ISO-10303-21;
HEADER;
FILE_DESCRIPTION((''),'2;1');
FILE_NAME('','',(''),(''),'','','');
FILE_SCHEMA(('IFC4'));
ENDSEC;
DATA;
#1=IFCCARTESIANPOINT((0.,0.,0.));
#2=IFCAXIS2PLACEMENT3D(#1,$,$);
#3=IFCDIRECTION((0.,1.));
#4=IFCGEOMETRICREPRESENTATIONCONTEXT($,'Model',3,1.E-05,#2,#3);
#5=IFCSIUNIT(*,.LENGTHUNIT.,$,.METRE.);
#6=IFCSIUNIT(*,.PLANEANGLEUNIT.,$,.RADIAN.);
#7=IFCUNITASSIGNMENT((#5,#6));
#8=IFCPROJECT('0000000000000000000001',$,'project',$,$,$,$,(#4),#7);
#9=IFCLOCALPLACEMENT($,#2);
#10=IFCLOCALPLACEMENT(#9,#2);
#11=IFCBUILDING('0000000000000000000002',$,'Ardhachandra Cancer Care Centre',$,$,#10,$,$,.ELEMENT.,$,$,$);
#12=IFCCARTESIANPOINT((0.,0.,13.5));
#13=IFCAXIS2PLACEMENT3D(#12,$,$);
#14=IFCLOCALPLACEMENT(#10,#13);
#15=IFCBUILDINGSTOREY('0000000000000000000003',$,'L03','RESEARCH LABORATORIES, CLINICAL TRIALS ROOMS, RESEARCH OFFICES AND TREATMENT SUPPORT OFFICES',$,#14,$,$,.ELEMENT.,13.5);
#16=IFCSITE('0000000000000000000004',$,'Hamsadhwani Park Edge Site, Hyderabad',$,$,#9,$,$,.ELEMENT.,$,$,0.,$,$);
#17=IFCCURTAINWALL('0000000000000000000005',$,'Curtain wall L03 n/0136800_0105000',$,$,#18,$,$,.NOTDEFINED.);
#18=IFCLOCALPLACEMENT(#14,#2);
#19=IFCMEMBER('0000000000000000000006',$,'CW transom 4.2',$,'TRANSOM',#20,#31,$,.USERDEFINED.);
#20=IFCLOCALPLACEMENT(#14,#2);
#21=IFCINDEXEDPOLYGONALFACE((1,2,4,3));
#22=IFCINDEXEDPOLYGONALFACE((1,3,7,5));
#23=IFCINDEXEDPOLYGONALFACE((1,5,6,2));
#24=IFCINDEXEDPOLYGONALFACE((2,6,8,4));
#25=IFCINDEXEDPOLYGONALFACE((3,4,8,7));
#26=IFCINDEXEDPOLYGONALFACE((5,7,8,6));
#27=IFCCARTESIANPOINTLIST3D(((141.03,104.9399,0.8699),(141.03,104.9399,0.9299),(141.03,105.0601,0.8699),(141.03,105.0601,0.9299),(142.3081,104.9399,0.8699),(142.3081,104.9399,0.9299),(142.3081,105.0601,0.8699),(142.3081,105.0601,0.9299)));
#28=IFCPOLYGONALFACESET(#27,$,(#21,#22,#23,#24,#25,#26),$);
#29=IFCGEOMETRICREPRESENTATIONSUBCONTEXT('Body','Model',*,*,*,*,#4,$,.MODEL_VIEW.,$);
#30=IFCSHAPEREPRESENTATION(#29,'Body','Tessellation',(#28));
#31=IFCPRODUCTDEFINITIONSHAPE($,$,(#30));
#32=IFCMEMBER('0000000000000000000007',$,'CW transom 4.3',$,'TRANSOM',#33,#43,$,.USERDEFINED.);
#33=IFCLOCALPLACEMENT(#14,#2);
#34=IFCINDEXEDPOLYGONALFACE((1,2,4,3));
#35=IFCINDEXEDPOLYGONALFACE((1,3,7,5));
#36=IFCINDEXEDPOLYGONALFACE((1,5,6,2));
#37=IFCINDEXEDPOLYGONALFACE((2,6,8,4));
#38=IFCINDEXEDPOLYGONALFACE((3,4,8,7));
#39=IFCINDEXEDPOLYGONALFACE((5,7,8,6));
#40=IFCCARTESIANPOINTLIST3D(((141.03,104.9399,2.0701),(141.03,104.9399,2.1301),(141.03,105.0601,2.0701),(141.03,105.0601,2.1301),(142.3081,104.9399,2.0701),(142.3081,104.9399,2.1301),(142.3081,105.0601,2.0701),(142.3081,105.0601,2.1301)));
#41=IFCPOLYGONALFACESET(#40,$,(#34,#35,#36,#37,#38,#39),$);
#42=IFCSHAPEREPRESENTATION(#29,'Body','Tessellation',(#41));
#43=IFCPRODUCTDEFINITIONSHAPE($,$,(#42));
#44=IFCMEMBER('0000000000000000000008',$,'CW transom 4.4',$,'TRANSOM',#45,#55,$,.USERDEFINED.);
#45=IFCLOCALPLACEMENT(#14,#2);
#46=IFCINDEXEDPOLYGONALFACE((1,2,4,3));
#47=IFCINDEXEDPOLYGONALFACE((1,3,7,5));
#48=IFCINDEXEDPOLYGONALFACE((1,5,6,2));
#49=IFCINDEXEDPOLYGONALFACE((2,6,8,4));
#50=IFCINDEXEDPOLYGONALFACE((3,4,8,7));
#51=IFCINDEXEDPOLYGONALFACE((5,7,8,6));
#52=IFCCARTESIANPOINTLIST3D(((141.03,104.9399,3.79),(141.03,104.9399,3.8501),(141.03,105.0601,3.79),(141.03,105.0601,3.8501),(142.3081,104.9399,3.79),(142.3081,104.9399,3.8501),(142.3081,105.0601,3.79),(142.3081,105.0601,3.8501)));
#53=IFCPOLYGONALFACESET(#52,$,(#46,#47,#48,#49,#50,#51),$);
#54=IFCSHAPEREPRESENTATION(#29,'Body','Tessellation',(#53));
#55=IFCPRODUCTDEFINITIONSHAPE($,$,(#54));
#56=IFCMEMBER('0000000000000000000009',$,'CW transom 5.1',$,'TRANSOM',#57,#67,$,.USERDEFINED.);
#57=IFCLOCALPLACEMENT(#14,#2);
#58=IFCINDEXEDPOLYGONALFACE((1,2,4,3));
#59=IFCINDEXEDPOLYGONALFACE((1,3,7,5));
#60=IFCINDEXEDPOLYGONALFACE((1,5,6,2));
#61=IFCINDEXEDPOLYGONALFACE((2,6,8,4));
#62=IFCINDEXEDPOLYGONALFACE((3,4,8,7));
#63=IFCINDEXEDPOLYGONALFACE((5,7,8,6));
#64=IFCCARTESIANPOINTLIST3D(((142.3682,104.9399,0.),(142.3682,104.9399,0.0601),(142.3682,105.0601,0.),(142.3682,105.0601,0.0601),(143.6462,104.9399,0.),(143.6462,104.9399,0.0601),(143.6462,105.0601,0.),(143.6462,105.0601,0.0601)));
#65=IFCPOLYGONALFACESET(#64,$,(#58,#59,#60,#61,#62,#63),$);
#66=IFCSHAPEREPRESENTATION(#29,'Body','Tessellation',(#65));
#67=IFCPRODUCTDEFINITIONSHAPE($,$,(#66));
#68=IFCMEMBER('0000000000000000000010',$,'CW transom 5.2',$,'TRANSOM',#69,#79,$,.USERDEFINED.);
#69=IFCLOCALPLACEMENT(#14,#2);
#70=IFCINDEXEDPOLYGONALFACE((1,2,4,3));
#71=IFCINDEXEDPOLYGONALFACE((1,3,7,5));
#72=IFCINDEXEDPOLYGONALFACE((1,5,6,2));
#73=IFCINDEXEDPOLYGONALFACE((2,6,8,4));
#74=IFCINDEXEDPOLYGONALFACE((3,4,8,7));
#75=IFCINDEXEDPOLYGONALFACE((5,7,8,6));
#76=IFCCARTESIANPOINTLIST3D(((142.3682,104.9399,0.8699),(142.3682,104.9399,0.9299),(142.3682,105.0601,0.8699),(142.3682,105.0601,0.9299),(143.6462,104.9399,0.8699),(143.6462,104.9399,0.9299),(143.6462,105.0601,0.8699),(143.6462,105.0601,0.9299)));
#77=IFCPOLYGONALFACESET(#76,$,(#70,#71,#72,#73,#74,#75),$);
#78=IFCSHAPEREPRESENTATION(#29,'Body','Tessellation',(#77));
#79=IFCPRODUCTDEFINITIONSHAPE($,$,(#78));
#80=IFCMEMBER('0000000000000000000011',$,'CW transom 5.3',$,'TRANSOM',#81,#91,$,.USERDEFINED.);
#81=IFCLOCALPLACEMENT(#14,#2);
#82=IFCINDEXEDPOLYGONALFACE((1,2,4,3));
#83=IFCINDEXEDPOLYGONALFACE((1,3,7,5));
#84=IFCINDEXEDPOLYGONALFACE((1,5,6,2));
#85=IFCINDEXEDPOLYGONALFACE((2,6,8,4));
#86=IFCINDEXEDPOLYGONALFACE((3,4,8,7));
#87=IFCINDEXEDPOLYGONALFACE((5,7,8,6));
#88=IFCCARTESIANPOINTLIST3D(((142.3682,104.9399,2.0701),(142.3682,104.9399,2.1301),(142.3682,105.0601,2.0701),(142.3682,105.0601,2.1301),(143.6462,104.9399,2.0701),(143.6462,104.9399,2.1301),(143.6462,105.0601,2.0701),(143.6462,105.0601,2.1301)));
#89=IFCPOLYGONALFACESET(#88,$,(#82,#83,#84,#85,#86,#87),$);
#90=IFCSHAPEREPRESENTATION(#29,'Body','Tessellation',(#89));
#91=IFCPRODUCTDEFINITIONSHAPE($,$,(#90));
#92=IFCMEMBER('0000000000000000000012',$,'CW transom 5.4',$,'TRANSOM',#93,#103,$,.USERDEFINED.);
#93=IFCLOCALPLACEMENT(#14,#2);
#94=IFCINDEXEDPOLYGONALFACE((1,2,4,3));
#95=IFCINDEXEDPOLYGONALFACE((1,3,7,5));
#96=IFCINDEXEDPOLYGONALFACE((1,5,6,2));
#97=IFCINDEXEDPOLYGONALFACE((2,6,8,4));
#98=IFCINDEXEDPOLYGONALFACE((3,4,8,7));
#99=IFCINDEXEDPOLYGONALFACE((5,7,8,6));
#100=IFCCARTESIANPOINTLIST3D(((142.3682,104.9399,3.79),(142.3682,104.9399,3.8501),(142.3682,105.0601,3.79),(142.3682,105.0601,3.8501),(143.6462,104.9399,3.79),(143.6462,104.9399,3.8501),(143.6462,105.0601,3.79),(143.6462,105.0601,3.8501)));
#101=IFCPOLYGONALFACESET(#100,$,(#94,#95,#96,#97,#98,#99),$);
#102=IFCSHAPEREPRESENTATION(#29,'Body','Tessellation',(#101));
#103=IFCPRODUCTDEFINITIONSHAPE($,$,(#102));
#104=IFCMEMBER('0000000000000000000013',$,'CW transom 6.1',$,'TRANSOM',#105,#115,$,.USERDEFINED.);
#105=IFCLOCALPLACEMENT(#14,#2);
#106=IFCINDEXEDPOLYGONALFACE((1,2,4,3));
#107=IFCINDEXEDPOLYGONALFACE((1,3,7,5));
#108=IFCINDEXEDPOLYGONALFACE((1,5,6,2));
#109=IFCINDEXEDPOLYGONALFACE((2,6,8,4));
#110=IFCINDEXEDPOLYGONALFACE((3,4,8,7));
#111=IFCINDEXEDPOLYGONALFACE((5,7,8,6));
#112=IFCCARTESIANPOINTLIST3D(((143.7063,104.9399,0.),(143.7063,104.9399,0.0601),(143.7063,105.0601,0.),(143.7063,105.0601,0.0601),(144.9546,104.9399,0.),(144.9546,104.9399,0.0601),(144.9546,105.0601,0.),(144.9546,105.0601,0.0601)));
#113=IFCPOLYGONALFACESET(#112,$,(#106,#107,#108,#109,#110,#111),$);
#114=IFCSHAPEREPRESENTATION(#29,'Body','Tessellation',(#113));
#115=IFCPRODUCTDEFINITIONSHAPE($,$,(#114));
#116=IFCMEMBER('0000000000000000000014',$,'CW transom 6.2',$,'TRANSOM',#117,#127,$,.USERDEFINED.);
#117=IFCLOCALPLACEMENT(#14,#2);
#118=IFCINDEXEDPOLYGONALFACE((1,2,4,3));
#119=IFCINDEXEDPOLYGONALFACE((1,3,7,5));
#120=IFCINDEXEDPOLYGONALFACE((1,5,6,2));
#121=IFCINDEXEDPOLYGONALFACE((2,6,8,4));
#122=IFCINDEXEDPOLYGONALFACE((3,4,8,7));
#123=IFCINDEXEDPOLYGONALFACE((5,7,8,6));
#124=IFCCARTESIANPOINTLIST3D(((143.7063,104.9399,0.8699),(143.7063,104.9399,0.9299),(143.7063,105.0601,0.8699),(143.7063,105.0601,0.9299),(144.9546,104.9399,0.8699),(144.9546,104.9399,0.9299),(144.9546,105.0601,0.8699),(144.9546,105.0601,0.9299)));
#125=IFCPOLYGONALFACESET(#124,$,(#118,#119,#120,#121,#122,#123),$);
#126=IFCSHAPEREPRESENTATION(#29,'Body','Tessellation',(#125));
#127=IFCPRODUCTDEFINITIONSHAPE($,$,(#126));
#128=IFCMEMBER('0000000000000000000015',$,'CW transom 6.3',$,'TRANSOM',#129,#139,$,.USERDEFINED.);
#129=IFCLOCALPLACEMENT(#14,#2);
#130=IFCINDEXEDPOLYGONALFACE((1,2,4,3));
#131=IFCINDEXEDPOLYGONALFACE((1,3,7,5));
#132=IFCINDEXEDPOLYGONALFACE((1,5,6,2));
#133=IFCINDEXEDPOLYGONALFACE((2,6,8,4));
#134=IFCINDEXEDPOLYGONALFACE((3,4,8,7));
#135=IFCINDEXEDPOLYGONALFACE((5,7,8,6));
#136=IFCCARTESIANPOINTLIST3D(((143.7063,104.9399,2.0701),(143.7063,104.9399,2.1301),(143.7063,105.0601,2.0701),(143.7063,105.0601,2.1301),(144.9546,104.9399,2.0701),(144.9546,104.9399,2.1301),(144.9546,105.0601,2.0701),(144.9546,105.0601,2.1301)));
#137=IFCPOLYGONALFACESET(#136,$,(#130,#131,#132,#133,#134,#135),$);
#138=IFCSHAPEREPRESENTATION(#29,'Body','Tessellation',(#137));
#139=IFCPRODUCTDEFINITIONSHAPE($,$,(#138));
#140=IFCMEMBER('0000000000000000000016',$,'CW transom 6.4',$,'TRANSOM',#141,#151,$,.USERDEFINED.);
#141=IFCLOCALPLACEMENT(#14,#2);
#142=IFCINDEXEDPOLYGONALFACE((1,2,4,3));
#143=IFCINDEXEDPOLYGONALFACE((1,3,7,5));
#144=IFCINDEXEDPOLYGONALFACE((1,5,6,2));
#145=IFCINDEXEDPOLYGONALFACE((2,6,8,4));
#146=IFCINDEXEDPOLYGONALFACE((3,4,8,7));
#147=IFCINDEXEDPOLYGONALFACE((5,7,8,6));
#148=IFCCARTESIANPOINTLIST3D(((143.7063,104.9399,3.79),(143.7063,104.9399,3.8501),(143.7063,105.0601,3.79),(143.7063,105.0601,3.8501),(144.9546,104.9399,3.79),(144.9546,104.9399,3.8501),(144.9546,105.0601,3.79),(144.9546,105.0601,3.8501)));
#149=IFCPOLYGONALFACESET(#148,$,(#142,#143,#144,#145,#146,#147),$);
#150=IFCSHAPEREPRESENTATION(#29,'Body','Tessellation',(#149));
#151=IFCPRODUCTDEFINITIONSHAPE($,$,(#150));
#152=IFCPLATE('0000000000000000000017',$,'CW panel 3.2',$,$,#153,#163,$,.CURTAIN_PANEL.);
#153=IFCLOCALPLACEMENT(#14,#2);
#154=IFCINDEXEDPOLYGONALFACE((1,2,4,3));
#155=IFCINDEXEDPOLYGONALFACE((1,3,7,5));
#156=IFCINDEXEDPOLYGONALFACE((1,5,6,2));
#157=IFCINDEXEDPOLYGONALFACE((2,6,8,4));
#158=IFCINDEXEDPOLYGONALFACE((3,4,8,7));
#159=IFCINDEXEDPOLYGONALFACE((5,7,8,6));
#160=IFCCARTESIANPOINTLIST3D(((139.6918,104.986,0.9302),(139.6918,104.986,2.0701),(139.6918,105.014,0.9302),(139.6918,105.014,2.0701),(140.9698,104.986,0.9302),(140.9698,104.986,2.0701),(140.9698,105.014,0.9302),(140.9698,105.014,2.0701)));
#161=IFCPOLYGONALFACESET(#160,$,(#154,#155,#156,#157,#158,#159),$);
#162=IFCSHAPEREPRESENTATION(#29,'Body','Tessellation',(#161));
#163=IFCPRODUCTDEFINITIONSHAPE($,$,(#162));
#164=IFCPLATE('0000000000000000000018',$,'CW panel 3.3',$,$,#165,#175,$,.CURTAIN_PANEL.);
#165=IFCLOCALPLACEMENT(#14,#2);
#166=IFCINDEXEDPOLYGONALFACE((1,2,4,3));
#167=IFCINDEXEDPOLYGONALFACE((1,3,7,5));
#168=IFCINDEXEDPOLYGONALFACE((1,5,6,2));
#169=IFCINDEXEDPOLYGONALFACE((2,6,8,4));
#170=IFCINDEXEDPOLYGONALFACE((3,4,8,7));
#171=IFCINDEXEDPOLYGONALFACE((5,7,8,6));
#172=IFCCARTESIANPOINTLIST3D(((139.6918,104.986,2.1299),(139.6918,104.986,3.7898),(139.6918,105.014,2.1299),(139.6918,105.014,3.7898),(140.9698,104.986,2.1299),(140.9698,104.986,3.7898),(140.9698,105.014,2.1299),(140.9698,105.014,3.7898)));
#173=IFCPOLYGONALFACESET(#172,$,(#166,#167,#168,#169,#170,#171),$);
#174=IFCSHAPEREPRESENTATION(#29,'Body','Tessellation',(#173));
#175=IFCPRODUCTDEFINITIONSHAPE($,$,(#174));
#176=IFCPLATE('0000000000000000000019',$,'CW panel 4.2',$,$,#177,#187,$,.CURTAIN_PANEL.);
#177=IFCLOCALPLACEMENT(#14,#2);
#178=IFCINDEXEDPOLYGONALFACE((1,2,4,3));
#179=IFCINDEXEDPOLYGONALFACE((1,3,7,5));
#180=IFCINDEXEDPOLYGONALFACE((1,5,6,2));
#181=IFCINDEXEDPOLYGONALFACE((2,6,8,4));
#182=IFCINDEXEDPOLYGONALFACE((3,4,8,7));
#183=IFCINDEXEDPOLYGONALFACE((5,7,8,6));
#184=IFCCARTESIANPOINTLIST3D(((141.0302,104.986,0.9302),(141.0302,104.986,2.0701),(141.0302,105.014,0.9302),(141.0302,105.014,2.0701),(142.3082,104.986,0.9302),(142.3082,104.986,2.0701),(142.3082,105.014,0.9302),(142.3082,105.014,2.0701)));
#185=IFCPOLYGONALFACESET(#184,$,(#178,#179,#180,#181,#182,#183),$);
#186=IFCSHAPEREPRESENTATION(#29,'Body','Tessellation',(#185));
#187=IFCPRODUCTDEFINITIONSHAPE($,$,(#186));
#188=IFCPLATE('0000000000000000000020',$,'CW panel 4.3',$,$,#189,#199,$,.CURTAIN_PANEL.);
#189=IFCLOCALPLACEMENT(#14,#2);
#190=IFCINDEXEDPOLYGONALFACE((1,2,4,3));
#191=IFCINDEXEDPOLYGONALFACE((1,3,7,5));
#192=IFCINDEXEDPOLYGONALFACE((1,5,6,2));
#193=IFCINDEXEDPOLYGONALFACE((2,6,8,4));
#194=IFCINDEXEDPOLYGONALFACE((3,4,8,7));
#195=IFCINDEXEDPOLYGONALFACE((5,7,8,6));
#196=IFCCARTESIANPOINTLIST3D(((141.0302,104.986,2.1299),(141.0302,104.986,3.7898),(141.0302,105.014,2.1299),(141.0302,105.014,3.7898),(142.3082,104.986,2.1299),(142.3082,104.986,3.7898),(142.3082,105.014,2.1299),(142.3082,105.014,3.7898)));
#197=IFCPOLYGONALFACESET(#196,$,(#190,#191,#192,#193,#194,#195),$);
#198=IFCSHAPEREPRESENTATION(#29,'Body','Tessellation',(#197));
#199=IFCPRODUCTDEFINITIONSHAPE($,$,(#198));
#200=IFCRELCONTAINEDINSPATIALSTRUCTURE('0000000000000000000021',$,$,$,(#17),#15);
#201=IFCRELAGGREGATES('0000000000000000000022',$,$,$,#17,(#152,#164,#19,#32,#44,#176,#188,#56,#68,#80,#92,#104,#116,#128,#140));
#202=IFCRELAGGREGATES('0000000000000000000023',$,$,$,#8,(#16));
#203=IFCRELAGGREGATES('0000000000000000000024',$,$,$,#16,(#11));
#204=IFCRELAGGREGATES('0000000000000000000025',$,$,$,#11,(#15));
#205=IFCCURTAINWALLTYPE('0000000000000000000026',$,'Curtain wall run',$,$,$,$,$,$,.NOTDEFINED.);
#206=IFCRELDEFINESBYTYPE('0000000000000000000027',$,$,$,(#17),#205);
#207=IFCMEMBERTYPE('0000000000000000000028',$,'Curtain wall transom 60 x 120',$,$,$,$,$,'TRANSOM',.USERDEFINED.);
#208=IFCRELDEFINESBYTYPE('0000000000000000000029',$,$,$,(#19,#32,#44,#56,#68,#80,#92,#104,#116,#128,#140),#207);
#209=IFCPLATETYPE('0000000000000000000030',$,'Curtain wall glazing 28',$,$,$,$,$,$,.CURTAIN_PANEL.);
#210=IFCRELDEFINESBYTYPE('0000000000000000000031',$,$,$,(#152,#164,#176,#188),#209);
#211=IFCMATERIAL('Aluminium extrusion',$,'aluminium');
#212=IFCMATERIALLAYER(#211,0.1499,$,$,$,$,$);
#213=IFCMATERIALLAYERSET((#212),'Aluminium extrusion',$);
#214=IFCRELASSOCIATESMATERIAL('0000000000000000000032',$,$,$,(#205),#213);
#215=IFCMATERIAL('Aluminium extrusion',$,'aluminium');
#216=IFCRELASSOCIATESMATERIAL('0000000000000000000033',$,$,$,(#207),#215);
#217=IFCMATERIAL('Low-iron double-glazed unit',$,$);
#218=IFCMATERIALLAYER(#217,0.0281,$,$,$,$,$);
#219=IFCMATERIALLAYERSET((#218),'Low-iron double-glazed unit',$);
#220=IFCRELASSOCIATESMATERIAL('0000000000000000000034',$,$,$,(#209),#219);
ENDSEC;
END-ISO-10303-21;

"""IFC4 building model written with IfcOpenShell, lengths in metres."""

from ifc_helpers import new_model, si_unit, direction, frame, origin, origin_2d, place, context, subcontext, project, spatial, rectangle, extrude, material, layer, layer_set, material_profile, profile_set, type_object, element, aggregate, save


model = new_model("IFC4")

# Units and contexts
model_context = context("Model", 3, precision=1e-05, world=origin(), true_north=direction((0.0, 1.0)))
body_context = subcontext(model_context, "Body", "Model", "MODEL_VIEW")
ifc_project = project(units=[si_unit("LENGTHUNIT", "METRE"), si_unit("PLANEANGLEUNIT", "RADIAN")], contexts=[model_context])

# Site, building, storey
site_placement = place(None, origin())
site = spatial("IfcSite", under=ifc_project, at=site_placement, Name="Hamsadhwani Park Edge Site, Hyderabad", CompositionType="ELEMENT", RefElevation=0.0)
building_placement = place(site_placement, origin())
building = spatial("IfcBuilding", under=site, at=building_placement, Name="Ardhachandra Cancer Care Centre", CompositionType="ELEMENT")
storey_placement = place(building_placement, frame((0.0, 0.0, 13.5)))
storey = spatial("IfcBuildingStorey", under=building, at=storey_placement, Name="L03", Description="RESEARCH LABORATORIES, CLINICAL TRIALS ROOMS, RESEARCH OFFICES AND TREATMENT SUPPORT OFFICES", CompositionType="ELEMENT", Elevation=13.5)

# Curtain wall, members, plates
ifc_material_1 = material(Name="Aluminium extrusion", Category="aluminium")
ifc_layer_1 = layer(ifc_material_1, 0.1499)
ifc_layer_set_1 = layer_set([ifc_layer_1], Name="Aluminium extrusion")
curtain_wall_type = type_object("IfcCurtainWallType", Name="Curtain wall run", PredefinedType="NOTDEFINED", material=ifc_layer_set_1)
curtain_wall_placement = place(storey_placement, origin())
curtain_wall = element("IfcCurtainWall", 1, at=curtain_wall_placement, inside=storey, type_object=curtain_wall_type, Name="Curtain wall L03 n/0136800_0105000", PredefinedType="NOTDEFINED")
ifc_material_2 = material(Name="Aluminium extrusion", Category="aluminium")
ifc_material_profile_1 = material_profile(ifc_material_2, rectangle(XDim=0.1201, YDim=0.0601, at=origin_2d()), Name="Curtain wall transom 60 x 120")
ifc_profile_set_1 = profile_set([ifc_material_profile_1], Name="Aluminium extrusion")
member_type_1 = type_object("IfcMemberType", Name="Curtain wall transom 60 x 120", ElementType="TRANSOM", PredefinedType="USERDEFINED", material=ifc_profile_set_1)
member_1_placement = place(storey_placement, frame((141.03, 105.0, 0.8999), z_axis=(1.0, 0.0, 0.0), x_axis=(0.0, 1.0, 0.0)))
member_1 = element("IfcMember", 2, at=member_1_placement, type_object=member_type_1, Name="CW transom 4.2", ObjectType="TRANSOM", PredefinedType="USERDEFINED", context=body_context, shape_type="SweptSolid", body=[
    extrude(rectangle(XDim=0.1201, YDim=0.0601, at=origin_2d()), origin(), (0.0, 0.0, 1.0), 1.2781),
])
member_2_placement = place(storey_placement, frame((141.03, 105.0, 2.1001), z_axis=(1.0, 0.0, 0.0), x_axis=(0.0, 1.0, 0.0)))
member_2 = element("IfcMember", 3, at=member_2_placement, type_object=member_type_1, Name="CW transom 4.3", ObjectType="TRANSOM", PredefinedType="USERDEFINED", context=body_context, shape_type="SweptSolid", body=[
    extrude(rectangle(XDim=0.1201, YDim=0.0601, at=origin_2d()), origin(), (0.0, 0.0, 1.0), 1.2781),
])
member_3_placement = place(storey_placement, frame((141.03, 105.0, 3.8201), z_axis=(1.0, 0.0, 0.0), x_axis=(0.0, 1.0, 0.0)))
member_3 = element("IfcMember", 4, at=member_3_placement, type_object=member_type_1, Name="CW transom 4.4", ObjectType="TRANSOM", PredefinedType="USERDEFINED", context=body_context, shape_type="SweptSolid", body=[
    extrude(rectangle(XDim=0.1201, YDim=0.0601, at=origin_2d()), origin(), (0.0, 0.0, 1.0), 1.2781),
])
member_4_placement = place(storey_placement, frame((142.3682, 105.0, 0.03), z_axis=(1.0, 0.0, 0.0), x_axis=(0.0, 1.0, 0.0)))
member_4 = element("IfcMember", 5, at=member_4_placement, type_object=member_type_1, Name="CW transom 5.1", ObjectType="TRANSOM", PredefinedType="USERDEFINED", context=body_context, shape_type="SweptSolid", body=[
    extrude(rectangle(XDim=0.1201, YDim=0.0601, at=origin_2d()), origin(), (0.0, 0.0, 1.0), 1.2781),
])
member_5_placement = place(storey_placement, frame((142.3682, 105.0, 0.8999), z_axis=(1.0, 0.0, 0.0), x_axis=(0.0, 1.0, 0.0)))
member_5 = element("IfcMember", 6, at=member_5_placement, type_object=member_type_1, Name="CW transom 5.2", ObjectType="TRANSOM", PredefinedType="USERDEFINED", context=body_context, shape_type="SweptSolid", body=[
    extrude(rectangle(XDim=0.1201, YDim=0.0601, at=origin_2d()), origin(), (0.0, 0.0, 1.0), 1.2781),
])
member_6_placement = place(storey_placement, frame((142.3682, 105.0, 2.1001), z_axis=(1.0, 0.0, 0.0), x_axis=(0.0, 1.0, 0.0)))
member_6 = element("IfcMember", 7, at=member_6_placement, type_object=member_type_1, Name="CW transom 5.3", ObjectType="TRANSOM", PredefinedType="USERDEFINED", context=body_context, shape_type="SweptSolid", body=[
    extrude(rectangle(XDim=0.1201, YDim=0.0601, at=origin_2d()), origin(), (0.0, 0.0, 1.0), 1.2781),
])
member_7_placement = place(storey_placement, frame((142.3682, 105.0, 3.8201), z_axis=(1.0, 0.0, 0.0), x_axis=(0.0, 1.0, 0.0)))
member_7 = element("IfcMember", 8, at=member_7_placement, type_object=member_type_1, Name="CW transom 5.4", ObjectType="TRANSOM", PredefinedType="USERDEFINED", context=body_context, shape_type="SweptSolid", body=[
    extrude(rectangle(XDim=0.1201, YDim=0.0601, at=origin_2d()), origin(), (0.0, 0.0, 1.0), 1.2781),
])
member_8_placement = place(storey_placement, frame((143.7063, 105.0, 0.03), z_axis=(1.0, 0.0, 0.0), x_axis=(0.0, 1.0, 0.0)))
member_8 = element("IfcMember", 9, at=member_8_placement, type_object=member_type_1, Name="CW transom 6.1", ObjectType="TRANSOM", PredefinedType="USERDEFINED", context=body_context, shape_type="SweptSolid", body=[
    extrude(rectangle(XDim=0.1201, YDim=0.0601, at=origin_2d()), origin(), (0.0, 0.0, 1.0), 1.2483),
])
member_9_placement = place(storey_placement, frame((143.7063, 105.0, 0.8999), z_axis=(1.0, 0.0, 0.0), x_axis=(0.0, 1.0, 0.0)))
member_9 = element("IfcMember", 10, at=member_9_placement, type_object=member_type_1, Name="CW transom 6.2", ObjectType="TRANSOM", PredefinedType="USERDEFINED", context=body_context, shape_type="SweptSolid", body=[
    extrude(rectangle(XDim=0.1201, YDim=0.0601, at=origin_2d()), origin(), (0.0, 0.0, 1.0), 1.2483),
])
member_10_placement = place(storey_placement, frame((143.7063, 105.0, 2.1001), z_axis=(1.0, 0.0, 0.0), x_axis=(0.0, 1.0, 0.0)))
member_10 = element("IfcMember", 11, at=member_10_placement, type_object=member_type_1, Name="CW transom 6.3", ObjectType="TRANSOM", PredefinedType="USERDEFINED", context=body_context, shape_type="SweptSolid", body=[
    extrude(rectangle(XDim=0.1201, YDim=0.0601, at=origin_2d()), origin(), (0.0, 0.0, 1.0), 1.2483),
])
member_11_placement = place(storey_placement, frame((143.7063, 105.0, 3.8201), z_axis=(1.0, 0.0, 0.0), x_axis=(0.0, 1.0, 0.0)))
member_11 = element("IfcMember", 12, at=member_11_placement, type_object=member_type_1, Name="CW transom 6.4", ObjectType="TRANSOM", PredefinedType="USERDEFINED", context=body_context, shape_type="SweptSolid", body=[
    extrude(rectangle(XDim=0.1201, YDim=0.0601, at=origin_2d()), origin(), (0.0, 0.0, 1.0), 1.2483),
])
ifc_material_3 = material(Name="Low-iron double-glazed unit")
ifc_layer_2 = layer(ifc_material_3, 0.0281)
ifc_layer_set_2 = layer_set([ifc_layer_2], Name="Low-iron double-glazed unit")
plate_type_1 = type_object("IfcPlateType", Name="Curtain wall glazing 28", PredefinedType="CURTAIN_PANEL", material=ifc_layer_set_2)
plate_1_placement = place(storey_placement, frame((140.3308, 105.0, 0.9302), z_axis=(0.0, 0.0, 1.0), x_axis=(1.0, 0.0, 0.0)))
plate_1 = element("IfcPlate", 13, at=plate_1_placement, type_object=plate_type_1, Name="CW panel 3.2", PredefinedType="CURTAIN_PANEL", context=body_context, shape_type="SweptSolid", body=[
    extrude(rectangle(XDim=1.2781, YDim=0.0281, at=origin_2d()), origin(), (0.0, 0.0, 1.0), 1.1399),
])
plate_2_placement = place(storey_placement, frame((140.3308, 105.0, 2.1299), z_axis=(0.0, 0.0, 1.0), x_axis=(1.0, 0.0, 0.0)))
plate_2 = element("IfcPlate", 14, at=plate_2_placement, type_object=plate_type_1, Name="CW panel 3.3", PredefinedType="CURTAIN_PANEL", context=body_context, shape_type="SweptSolid", body=[
    extrude(rectangle(XDim=1.2781, YDim=0.0281, at=origin_2d()), origin(), (0.0, 0.0, 1.0), 1.6599),
])
plate_3_placement = place(storey_placement, frame((141.6692, 105.0, 0.9302), z_axis=(0.0, 0.0, 1.0), x_axis=(1.0, 0.0, 0.0)))
plate_3 = element("IfcPlate", 15, at=plate_3_placement, type_object=plate_type_1, Name="CW panel 4.2", PredefinedType="CURTAIN_PANEL", context=body_context, shape_type="SweptSolid", body=[
    extrude(rectangle(XDim=1.2781, YDim=0.0281, at=origin_2d()), origin(), (0.0, 0.0, 1.0), 1.1399),
])
plate_4_placement = place(storey_placement, frame((141.6692, 105.0, 2.1299), z_axis=(0.0, 0.0, 1.0), x_axis=(1.0, 0.0, 0.0)))
plate_4 = element("IfcPlate", 16, at=plate_4_placement, type_object=plate_type_1, Name="CW panel 4.3", PredefinedType="CURTAIN_PANEL", context=body_context, shape_type="SweptSolid", body=[
    extrude(rectangle(XDim=1.2781, YDim=0.0281, at=origin_2d()), origin(), (0.0, 0.0, 1.0), 1.6599),
])
aggregate(curtain_wall, [plate_1, plate_2, member_1, member_2, member_3, plate_3, plate_4, member_4, member_5, member_6, member_7, member_8, member_9, member_10, member_11])

save(model, "model.ifc")
